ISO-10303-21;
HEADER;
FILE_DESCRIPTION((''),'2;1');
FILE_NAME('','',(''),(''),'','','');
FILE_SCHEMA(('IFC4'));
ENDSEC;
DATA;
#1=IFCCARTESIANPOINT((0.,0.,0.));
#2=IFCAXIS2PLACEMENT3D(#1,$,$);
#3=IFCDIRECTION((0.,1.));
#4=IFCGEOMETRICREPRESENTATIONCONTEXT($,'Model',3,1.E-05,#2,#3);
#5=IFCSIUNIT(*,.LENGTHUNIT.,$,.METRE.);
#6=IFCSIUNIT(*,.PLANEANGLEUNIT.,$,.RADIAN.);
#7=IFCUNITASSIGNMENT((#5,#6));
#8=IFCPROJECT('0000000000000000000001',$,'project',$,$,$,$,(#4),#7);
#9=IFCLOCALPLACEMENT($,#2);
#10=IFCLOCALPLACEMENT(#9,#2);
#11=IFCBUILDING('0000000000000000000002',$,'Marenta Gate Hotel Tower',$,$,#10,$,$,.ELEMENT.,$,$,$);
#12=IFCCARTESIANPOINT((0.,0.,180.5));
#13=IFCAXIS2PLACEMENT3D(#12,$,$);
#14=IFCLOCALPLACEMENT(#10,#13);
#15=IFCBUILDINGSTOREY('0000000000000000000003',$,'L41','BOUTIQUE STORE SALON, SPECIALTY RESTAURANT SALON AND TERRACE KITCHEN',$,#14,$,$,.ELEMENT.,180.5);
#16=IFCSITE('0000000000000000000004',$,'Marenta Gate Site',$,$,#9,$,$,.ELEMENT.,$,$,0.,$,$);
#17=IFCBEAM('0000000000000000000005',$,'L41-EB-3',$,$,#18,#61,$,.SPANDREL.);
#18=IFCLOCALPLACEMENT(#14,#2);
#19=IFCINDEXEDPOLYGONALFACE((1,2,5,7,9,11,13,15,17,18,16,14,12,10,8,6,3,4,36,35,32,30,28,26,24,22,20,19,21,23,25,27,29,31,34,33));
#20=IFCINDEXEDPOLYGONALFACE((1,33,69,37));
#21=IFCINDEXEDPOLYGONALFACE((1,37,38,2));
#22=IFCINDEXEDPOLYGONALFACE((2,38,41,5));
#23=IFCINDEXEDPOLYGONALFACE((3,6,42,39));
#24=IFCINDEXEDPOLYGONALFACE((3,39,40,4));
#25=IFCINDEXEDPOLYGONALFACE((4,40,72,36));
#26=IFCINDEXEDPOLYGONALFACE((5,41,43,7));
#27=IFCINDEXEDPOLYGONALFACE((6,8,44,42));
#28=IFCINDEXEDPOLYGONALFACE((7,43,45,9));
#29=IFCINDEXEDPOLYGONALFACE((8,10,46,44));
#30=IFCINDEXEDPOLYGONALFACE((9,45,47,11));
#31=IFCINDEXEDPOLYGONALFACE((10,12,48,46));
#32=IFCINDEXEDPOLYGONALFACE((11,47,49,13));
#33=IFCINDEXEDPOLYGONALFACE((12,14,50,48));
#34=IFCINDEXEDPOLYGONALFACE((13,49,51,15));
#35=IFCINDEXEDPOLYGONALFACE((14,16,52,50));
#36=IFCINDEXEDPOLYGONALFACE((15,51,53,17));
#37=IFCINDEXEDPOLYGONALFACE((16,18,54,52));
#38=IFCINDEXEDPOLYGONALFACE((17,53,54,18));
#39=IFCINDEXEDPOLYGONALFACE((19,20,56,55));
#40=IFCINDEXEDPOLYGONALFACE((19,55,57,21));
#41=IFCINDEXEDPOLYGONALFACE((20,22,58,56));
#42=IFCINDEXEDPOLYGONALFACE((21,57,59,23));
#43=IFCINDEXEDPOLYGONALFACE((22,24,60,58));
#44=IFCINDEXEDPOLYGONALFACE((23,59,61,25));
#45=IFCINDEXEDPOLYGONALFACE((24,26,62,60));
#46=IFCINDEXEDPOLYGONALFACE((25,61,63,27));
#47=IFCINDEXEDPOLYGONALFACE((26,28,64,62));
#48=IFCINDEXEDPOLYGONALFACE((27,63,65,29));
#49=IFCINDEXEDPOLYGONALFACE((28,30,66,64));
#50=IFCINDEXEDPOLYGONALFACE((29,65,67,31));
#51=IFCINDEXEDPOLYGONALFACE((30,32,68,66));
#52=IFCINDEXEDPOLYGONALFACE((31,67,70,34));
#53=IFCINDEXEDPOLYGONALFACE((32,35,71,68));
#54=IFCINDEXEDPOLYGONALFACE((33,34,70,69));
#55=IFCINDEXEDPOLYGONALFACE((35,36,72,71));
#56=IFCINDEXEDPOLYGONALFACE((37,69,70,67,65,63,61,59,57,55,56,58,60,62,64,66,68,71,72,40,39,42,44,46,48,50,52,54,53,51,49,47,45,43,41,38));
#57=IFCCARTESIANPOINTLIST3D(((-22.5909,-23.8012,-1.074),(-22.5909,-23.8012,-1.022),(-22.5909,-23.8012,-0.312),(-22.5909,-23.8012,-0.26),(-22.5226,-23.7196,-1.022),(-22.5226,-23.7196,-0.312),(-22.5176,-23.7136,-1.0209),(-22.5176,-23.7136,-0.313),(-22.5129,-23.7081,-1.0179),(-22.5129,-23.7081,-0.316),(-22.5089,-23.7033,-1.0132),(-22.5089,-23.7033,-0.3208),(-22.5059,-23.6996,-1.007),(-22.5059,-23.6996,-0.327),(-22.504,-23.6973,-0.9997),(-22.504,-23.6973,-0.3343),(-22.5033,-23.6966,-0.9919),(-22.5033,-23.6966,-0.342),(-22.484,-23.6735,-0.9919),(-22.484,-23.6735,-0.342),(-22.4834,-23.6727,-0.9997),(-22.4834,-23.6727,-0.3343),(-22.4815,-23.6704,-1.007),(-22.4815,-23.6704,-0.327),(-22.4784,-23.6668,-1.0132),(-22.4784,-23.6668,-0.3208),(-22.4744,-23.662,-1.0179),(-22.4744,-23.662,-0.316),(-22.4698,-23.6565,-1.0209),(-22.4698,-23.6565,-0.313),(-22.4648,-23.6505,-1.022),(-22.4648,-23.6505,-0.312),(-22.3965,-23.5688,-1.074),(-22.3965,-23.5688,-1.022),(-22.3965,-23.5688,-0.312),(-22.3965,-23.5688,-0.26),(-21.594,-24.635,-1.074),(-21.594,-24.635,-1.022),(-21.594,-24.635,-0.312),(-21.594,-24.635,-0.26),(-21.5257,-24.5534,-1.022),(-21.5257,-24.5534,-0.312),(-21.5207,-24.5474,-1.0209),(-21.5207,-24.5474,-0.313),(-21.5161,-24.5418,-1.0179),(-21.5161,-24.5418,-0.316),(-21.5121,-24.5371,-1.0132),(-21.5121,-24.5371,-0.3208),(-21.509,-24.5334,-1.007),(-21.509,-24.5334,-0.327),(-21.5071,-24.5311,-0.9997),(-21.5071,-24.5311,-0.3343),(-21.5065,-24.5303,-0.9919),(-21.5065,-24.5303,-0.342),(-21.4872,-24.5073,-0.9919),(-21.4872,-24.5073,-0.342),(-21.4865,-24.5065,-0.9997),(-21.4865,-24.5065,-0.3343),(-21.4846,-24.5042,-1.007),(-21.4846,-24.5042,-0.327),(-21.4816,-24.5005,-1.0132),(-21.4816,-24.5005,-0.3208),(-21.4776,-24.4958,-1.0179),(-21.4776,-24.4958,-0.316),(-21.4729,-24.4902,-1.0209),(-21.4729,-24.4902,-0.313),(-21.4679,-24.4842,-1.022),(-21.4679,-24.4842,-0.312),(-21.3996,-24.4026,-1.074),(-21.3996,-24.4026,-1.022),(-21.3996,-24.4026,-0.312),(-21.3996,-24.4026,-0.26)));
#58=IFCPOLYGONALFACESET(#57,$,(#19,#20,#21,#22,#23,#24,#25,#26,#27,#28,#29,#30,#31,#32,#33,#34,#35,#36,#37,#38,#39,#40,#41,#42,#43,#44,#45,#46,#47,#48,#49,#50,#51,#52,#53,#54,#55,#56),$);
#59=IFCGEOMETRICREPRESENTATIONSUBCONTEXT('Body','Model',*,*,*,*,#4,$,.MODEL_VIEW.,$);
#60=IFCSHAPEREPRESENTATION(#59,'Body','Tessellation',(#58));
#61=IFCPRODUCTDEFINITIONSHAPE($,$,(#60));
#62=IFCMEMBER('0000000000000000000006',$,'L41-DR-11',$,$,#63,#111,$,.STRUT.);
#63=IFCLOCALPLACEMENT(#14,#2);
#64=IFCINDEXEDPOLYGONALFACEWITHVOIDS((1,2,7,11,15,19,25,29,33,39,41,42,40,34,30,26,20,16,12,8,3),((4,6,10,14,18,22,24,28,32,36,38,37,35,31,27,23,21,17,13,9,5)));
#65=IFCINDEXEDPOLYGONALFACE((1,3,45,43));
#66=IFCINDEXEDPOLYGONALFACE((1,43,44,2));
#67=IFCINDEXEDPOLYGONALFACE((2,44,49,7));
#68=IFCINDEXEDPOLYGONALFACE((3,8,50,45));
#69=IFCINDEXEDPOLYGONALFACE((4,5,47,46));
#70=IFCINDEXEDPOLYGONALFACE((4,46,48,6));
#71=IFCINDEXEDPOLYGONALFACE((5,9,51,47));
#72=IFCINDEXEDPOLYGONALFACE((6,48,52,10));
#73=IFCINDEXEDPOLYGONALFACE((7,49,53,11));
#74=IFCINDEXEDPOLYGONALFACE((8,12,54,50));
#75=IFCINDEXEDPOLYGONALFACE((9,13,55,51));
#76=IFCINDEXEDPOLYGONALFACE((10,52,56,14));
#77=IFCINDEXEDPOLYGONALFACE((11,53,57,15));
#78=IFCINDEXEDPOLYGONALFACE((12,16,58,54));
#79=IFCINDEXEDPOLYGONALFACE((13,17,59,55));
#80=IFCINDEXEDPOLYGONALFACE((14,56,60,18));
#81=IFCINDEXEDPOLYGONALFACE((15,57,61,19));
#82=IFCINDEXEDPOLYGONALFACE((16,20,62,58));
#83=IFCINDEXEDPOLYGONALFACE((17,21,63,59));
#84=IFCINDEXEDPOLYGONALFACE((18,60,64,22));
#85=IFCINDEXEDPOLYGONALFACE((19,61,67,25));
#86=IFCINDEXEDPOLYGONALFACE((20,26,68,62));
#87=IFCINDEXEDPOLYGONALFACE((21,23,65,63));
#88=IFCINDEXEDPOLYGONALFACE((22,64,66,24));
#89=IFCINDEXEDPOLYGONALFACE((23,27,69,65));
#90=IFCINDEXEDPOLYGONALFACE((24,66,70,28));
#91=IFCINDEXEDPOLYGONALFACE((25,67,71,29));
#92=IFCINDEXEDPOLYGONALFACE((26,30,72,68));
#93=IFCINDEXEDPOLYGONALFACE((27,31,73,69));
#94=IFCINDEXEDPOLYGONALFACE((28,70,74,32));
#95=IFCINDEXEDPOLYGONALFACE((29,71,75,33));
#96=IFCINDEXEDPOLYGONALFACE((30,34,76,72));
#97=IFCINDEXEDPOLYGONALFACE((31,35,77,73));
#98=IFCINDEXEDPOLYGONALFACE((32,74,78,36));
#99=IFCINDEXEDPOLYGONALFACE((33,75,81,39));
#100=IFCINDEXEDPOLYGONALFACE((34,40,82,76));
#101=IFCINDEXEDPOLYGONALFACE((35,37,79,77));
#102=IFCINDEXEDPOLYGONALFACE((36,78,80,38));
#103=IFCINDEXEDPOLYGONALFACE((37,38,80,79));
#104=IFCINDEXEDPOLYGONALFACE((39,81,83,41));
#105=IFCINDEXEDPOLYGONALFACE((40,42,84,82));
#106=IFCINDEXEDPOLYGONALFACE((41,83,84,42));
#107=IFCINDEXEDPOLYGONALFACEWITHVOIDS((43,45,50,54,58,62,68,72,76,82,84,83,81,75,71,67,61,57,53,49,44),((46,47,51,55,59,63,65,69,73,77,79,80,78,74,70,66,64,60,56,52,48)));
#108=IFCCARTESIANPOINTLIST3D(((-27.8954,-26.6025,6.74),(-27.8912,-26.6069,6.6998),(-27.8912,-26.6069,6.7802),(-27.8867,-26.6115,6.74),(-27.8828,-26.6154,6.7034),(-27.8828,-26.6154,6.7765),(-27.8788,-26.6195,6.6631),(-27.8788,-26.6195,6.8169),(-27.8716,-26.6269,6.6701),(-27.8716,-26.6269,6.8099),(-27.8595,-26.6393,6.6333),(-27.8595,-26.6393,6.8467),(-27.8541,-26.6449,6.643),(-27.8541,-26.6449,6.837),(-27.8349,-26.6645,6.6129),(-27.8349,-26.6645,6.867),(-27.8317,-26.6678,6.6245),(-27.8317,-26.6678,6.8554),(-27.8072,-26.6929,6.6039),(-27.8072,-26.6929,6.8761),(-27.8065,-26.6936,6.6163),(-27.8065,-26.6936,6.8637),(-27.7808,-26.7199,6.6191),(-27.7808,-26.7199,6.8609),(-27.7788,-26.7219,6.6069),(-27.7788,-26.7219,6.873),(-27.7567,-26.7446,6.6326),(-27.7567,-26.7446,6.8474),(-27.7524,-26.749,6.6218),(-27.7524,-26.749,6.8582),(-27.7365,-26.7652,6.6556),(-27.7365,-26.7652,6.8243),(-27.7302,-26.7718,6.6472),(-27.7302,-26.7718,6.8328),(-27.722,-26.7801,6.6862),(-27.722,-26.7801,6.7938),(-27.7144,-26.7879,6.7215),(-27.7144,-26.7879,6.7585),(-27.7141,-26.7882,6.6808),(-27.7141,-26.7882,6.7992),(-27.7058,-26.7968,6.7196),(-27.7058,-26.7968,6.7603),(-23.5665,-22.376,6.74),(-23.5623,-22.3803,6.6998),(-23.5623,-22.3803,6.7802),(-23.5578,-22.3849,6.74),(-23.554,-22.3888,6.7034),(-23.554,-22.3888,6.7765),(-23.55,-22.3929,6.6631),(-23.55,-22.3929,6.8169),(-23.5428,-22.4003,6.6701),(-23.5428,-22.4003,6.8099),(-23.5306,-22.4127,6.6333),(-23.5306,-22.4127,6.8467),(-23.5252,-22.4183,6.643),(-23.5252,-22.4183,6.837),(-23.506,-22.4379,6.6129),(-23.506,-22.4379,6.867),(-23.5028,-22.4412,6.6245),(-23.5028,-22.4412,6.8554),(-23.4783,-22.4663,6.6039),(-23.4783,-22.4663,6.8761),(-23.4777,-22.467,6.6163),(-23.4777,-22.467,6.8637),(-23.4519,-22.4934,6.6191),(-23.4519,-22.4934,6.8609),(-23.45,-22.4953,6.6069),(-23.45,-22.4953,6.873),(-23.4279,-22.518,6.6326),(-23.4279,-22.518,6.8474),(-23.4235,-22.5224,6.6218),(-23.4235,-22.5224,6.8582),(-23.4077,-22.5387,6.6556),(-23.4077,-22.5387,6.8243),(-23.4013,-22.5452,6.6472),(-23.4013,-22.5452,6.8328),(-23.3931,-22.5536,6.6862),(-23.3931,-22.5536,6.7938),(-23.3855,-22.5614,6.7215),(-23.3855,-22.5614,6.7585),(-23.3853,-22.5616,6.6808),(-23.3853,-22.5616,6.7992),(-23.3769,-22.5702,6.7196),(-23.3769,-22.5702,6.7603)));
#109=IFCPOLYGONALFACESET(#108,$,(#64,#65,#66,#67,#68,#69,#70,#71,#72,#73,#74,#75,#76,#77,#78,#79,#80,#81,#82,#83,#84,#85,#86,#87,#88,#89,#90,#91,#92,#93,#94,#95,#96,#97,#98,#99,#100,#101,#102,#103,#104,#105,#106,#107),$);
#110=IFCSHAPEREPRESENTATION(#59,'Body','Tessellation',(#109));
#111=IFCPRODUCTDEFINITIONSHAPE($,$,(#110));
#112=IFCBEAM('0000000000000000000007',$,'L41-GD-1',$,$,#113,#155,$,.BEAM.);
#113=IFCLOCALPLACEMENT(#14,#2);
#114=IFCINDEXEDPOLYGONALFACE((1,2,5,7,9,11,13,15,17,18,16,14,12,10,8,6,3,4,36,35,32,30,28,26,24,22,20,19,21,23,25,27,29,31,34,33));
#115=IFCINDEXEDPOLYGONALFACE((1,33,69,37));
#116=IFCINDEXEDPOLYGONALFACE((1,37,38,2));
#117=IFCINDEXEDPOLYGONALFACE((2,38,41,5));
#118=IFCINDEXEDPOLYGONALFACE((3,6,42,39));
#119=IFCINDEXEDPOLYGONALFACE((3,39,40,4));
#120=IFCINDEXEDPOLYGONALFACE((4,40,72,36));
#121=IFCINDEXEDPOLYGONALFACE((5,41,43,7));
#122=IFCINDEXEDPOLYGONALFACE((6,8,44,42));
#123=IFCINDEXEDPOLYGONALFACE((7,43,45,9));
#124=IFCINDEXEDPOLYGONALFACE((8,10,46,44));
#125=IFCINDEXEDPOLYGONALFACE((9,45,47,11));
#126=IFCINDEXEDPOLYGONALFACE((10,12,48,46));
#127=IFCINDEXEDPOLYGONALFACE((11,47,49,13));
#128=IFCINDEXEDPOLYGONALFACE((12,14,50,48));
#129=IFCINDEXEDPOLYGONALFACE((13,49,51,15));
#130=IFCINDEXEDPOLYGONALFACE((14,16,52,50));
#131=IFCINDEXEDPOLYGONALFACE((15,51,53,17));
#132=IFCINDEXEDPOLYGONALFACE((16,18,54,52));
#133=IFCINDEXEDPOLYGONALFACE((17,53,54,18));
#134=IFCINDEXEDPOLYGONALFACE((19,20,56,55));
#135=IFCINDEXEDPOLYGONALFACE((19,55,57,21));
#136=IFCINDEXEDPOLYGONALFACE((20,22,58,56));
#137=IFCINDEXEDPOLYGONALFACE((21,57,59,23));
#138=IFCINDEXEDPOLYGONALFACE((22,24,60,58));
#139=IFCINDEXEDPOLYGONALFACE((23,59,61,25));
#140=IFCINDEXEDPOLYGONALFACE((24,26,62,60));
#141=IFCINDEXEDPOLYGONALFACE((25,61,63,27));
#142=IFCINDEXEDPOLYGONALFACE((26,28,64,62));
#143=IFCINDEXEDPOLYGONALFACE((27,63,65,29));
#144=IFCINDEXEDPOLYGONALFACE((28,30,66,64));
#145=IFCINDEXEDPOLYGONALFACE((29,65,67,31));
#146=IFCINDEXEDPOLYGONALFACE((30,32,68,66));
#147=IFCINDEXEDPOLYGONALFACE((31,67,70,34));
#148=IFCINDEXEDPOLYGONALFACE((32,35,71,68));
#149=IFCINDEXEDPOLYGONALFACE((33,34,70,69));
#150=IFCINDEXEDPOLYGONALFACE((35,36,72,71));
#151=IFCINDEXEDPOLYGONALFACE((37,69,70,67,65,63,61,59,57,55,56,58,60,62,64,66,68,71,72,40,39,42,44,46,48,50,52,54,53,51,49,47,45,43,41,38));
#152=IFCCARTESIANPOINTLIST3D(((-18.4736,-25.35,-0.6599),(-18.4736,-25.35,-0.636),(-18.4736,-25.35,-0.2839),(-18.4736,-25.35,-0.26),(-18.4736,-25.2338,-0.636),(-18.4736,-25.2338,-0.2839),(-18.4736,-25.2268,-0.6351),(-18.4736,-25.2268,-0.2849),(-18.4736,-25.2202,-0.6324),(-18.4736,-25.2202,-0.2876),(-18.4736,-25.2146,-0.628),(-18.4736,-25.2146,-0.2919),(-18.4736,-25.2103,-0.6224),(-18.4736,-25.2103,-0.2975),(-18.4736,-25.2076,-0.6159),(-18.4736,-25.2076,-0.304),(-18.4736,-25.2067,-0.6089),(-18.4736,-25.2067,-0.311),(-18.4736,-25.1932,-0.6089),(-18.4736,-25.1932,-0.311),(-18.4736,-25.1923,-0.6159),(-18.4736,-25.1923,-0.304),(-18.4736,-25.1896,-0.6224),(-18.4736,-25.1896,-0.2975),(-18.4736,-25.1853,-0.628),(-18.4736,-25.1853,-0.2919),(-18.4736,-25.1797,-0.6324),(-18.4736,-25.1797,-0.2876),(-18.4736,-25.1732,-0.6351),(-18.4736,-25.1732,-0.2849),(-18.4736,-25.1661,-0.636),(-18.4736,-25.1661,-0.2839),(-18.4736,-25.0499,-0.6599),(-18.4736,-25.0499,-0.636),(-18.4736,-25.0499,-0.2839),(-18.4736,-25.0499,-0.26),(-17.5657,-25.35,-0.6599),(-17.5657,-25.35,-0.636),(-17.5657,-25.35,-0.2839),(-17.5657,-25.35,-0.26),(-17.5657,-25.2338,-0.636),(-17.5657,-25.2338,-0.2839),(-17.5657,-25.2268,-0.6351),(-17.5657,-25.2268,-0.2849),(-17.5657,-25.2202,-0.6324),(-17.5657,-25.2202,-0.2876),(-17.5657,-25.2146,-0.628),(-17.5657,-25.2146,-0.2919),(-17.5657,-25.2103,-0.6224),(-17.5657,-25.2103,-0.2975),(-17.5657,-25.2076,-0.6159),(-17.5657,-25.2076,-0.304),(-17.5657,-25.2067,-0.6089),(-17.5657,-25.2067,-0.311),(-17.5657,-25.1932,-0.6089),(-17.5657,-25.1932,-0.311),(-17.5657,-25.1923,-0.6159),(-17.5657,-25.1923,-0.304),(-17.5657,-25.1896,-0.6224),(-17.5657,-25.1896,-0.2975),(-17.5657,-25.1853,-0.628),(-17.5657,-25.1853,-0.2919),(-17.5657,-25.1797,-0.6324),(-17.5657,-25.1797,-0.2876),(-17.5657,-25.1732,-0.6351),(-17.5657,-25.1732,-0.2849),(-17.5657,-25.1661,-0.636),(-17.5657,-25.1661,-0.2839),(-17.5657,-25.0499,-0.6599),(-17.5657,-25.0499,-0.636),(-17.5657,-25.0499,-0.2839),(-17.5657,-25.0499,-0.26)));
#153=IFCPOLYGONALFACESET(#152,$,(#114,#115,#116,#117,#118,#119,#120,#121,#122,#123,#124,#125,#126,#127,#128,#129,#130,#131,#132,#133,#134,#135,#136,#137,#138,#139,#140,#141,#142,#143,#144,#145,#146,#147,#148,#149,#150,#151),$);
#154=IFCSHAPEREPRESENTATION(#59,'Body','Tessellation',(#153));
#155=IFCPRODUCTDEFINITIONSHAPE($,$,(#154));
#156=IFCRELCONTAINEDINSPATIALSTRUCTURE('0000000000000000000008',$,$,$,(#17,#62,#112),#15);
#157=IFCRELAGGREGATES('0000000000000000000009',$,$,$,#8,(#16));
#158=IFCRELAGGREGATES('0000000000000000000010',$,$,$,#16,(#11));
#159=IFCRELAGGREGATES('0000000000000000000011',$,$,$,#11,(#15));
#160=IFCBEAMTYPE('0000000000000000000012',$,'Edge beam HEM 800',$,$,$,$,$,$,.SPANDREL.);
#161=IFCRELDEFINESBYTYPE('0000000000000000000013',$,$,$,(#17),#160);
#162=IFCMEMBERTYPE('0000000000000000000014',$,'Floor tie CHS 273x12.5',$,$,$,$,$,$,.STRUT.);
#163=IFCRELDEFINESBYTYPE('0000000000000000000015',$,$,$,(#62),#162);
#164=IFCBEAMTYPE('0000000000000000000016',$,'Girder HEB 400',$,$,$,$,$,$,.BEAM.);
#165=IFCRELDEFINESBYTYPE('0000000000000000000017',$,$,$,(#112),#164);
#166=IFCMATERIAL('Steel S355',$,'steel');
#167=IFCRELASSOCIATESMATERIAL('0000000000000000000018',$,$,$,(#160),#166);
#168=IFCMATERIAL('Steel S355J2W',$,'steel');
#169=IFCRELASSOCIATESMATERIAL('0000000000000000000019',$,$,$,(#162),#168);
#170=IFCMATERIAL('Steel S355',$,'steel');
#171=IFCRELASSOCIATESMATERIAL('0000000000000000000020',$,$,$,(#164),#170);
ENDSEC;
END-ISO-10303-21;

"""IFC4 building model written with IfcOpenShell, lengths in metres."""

from ifc_helpers import new_model, si_unit, direction, frame, origin, origin_2d, place, context, subcontext, project, spatial, hollow_circle, i_section, extrude, material, material_profile, profile_set, type_object, element, save


model = new_model("IFC4")

# Units and contexts
model_context = context("Model", 3, precision=1e-05, world=origin(), true_north=direction((0.0, 1.0)))
body_context = subcontext(model_context, "Body", "Model", "MODEL_VIEW")
ifc_project = project(units=[si_unit("LENGTHUNIT", "METRE"), si_unit("PLANEANGLEUNIT", "RADIAN")], contexts=[model_context])

# Site, building, storey
site_placement = place(None, origin())
site = spatial("IfcSite", under=ifc_project, at=site_placement, Name="Marenta Gate Site", CompositionType="ELEMENT", RefElevation=0.0)
building_placement = place(site_placement, origin())
building = spatial("IfcBuilding", under=site, at=building_placement, Name="Marenta Gate Hotel Tower", CompositionType="ELEMENT")
storey_placement = place(building_placement, frame((0.0, 0.0, 180.5)))
storey = spatial("IfcBuildingStorey", under=building, at=storey_placement, Name="L41", Description="BOUTIQUE STORE SALON, SPECIALTY RESTAURANT SALON AND TERRACE KITCHEN", CompositionType="ELEMENT", Elevation=180.5)

# Beam
ifc_material_1 = material(Name="Steel S355", Category="steel")
ifc_material_profile_1 = material_profile(ifc_material_1, i_section(OverallWidth=0.303, OverallDepth=0.814, WebThickness=0.03, FlangeThickness=0.052, FilletRadius=0.03, at=origin_2d()), Name="HEM 800")
ifc_profile_set_1 = profile_set([ifc_material_profile_1], Name="Steel S355")
beam_type_1 = type_object("IfcBeamType", Name="Edge beam HEM 800", PredefinedType="SPANDREL", material=ifc_profile_set_1)
beam_1_placement = place(storey_placement, frame((-21.4968, -24.5188, -0.667), z_axis=(-0.767065, 0.641569, 0.0), x_axis=(-0.641569, -0.767065, 0.0)))
element("IfcBeam", 1, at=beam_1_placement, inside=storey, type_object=beam_type_1, Name="L41-EB-3", PredefinedType="SPANDREL", context=body_context, shape_type="SweptSolid", body=[
    extrude(i_section(OverallWidth=0.303, OverallDepth=0.814, WebThickness=0.03, FlangeThickness=0.052, FilletRadius=0.03, at=origin_2d()), origin(), (0.0, 0.0, 1.0), 1.2996),
])

# Member
ifc_material_2 = material(Name="Steel S355J2W", Category="steel")
ifc_material_profile_2 = material_profile(ifc_material_2, hollow_circle(Radius=0.1365, WallThickness=0.0125, at=origin_2d()), Name="CHS 273x12.5")
ifc_profile_set_2 = profile_set([ifc_material_profile_2], Name="Steel S355J2W")
member_type_1 = type_object("IfcMemberType", Name="Floor tie CHS 273x12.5", PredefinedType="STRUT", material=ifc_profile_set_2)
member_1_placement = place(storey_placement, frame((-27.8, -26.7002, 6.74), z_axis=(0.71551, 0.698602, 0.0), x_axis=(-0.698602, 0.71551, 0.0)))
element("IfcMember", 2, at=member_1_placement, inside=storey, type_object=member_type_1, Name="L41-DR-11", PredefinedType="STRUT", context=body_context, shape_type="SweptSolid", body=[
    extrude(hollow_circle(Radius=0.1365, WallThickness=0.0125, at=origin_2d()), origin(), (0.0, 0.0, 1.0), 6.05),
])

# Beam
ifc_material_3 = material(Name="Steel S355", Category="steel")
ifc_material_profile_3 = material_profile(ifc_material_3, i_section(OverallWidth=0.3, OverallDepth=0.3999, WebThickness=0.0134, FlangeThickness=0.0239, FilletRadius=0.0271, at=origin_2d()), Name="HEB 400")
ifc_profile_set_3 = profile_set([ifc_material_profile_3], Name="Steel S355")
beam_type_2 = type_object("IfcBeamType", Name="Girder HEB 400", PredefinedType="BEAM", material=ifc_profile_set_3)
beam_2_placement = place(storey_placement, frame((-18.4736, -25.2, -0.46), z_axis=(1.0, 0.0, 0.0), x_axis=(0.0, 1.0, 0.0)))
element("IfcBeam", 3, at=beam_2_placement, inside=storey, type_object=beam_type_2, Name="L41-GD-1", PredefinedType="BEAM", context=body_context, shape_type="SweptSolid", body=[
    extrude(i_section(OverallWidth=0.3, OverallDepth=0.3999, WebThickness=0.0134, FlangeThickness=0.0239, FilletRadius=0.0271, at=origin_2d()), origin(), (0.0, 0.0, 1.0), 0.908),
])

save(model, "model.ifc")
